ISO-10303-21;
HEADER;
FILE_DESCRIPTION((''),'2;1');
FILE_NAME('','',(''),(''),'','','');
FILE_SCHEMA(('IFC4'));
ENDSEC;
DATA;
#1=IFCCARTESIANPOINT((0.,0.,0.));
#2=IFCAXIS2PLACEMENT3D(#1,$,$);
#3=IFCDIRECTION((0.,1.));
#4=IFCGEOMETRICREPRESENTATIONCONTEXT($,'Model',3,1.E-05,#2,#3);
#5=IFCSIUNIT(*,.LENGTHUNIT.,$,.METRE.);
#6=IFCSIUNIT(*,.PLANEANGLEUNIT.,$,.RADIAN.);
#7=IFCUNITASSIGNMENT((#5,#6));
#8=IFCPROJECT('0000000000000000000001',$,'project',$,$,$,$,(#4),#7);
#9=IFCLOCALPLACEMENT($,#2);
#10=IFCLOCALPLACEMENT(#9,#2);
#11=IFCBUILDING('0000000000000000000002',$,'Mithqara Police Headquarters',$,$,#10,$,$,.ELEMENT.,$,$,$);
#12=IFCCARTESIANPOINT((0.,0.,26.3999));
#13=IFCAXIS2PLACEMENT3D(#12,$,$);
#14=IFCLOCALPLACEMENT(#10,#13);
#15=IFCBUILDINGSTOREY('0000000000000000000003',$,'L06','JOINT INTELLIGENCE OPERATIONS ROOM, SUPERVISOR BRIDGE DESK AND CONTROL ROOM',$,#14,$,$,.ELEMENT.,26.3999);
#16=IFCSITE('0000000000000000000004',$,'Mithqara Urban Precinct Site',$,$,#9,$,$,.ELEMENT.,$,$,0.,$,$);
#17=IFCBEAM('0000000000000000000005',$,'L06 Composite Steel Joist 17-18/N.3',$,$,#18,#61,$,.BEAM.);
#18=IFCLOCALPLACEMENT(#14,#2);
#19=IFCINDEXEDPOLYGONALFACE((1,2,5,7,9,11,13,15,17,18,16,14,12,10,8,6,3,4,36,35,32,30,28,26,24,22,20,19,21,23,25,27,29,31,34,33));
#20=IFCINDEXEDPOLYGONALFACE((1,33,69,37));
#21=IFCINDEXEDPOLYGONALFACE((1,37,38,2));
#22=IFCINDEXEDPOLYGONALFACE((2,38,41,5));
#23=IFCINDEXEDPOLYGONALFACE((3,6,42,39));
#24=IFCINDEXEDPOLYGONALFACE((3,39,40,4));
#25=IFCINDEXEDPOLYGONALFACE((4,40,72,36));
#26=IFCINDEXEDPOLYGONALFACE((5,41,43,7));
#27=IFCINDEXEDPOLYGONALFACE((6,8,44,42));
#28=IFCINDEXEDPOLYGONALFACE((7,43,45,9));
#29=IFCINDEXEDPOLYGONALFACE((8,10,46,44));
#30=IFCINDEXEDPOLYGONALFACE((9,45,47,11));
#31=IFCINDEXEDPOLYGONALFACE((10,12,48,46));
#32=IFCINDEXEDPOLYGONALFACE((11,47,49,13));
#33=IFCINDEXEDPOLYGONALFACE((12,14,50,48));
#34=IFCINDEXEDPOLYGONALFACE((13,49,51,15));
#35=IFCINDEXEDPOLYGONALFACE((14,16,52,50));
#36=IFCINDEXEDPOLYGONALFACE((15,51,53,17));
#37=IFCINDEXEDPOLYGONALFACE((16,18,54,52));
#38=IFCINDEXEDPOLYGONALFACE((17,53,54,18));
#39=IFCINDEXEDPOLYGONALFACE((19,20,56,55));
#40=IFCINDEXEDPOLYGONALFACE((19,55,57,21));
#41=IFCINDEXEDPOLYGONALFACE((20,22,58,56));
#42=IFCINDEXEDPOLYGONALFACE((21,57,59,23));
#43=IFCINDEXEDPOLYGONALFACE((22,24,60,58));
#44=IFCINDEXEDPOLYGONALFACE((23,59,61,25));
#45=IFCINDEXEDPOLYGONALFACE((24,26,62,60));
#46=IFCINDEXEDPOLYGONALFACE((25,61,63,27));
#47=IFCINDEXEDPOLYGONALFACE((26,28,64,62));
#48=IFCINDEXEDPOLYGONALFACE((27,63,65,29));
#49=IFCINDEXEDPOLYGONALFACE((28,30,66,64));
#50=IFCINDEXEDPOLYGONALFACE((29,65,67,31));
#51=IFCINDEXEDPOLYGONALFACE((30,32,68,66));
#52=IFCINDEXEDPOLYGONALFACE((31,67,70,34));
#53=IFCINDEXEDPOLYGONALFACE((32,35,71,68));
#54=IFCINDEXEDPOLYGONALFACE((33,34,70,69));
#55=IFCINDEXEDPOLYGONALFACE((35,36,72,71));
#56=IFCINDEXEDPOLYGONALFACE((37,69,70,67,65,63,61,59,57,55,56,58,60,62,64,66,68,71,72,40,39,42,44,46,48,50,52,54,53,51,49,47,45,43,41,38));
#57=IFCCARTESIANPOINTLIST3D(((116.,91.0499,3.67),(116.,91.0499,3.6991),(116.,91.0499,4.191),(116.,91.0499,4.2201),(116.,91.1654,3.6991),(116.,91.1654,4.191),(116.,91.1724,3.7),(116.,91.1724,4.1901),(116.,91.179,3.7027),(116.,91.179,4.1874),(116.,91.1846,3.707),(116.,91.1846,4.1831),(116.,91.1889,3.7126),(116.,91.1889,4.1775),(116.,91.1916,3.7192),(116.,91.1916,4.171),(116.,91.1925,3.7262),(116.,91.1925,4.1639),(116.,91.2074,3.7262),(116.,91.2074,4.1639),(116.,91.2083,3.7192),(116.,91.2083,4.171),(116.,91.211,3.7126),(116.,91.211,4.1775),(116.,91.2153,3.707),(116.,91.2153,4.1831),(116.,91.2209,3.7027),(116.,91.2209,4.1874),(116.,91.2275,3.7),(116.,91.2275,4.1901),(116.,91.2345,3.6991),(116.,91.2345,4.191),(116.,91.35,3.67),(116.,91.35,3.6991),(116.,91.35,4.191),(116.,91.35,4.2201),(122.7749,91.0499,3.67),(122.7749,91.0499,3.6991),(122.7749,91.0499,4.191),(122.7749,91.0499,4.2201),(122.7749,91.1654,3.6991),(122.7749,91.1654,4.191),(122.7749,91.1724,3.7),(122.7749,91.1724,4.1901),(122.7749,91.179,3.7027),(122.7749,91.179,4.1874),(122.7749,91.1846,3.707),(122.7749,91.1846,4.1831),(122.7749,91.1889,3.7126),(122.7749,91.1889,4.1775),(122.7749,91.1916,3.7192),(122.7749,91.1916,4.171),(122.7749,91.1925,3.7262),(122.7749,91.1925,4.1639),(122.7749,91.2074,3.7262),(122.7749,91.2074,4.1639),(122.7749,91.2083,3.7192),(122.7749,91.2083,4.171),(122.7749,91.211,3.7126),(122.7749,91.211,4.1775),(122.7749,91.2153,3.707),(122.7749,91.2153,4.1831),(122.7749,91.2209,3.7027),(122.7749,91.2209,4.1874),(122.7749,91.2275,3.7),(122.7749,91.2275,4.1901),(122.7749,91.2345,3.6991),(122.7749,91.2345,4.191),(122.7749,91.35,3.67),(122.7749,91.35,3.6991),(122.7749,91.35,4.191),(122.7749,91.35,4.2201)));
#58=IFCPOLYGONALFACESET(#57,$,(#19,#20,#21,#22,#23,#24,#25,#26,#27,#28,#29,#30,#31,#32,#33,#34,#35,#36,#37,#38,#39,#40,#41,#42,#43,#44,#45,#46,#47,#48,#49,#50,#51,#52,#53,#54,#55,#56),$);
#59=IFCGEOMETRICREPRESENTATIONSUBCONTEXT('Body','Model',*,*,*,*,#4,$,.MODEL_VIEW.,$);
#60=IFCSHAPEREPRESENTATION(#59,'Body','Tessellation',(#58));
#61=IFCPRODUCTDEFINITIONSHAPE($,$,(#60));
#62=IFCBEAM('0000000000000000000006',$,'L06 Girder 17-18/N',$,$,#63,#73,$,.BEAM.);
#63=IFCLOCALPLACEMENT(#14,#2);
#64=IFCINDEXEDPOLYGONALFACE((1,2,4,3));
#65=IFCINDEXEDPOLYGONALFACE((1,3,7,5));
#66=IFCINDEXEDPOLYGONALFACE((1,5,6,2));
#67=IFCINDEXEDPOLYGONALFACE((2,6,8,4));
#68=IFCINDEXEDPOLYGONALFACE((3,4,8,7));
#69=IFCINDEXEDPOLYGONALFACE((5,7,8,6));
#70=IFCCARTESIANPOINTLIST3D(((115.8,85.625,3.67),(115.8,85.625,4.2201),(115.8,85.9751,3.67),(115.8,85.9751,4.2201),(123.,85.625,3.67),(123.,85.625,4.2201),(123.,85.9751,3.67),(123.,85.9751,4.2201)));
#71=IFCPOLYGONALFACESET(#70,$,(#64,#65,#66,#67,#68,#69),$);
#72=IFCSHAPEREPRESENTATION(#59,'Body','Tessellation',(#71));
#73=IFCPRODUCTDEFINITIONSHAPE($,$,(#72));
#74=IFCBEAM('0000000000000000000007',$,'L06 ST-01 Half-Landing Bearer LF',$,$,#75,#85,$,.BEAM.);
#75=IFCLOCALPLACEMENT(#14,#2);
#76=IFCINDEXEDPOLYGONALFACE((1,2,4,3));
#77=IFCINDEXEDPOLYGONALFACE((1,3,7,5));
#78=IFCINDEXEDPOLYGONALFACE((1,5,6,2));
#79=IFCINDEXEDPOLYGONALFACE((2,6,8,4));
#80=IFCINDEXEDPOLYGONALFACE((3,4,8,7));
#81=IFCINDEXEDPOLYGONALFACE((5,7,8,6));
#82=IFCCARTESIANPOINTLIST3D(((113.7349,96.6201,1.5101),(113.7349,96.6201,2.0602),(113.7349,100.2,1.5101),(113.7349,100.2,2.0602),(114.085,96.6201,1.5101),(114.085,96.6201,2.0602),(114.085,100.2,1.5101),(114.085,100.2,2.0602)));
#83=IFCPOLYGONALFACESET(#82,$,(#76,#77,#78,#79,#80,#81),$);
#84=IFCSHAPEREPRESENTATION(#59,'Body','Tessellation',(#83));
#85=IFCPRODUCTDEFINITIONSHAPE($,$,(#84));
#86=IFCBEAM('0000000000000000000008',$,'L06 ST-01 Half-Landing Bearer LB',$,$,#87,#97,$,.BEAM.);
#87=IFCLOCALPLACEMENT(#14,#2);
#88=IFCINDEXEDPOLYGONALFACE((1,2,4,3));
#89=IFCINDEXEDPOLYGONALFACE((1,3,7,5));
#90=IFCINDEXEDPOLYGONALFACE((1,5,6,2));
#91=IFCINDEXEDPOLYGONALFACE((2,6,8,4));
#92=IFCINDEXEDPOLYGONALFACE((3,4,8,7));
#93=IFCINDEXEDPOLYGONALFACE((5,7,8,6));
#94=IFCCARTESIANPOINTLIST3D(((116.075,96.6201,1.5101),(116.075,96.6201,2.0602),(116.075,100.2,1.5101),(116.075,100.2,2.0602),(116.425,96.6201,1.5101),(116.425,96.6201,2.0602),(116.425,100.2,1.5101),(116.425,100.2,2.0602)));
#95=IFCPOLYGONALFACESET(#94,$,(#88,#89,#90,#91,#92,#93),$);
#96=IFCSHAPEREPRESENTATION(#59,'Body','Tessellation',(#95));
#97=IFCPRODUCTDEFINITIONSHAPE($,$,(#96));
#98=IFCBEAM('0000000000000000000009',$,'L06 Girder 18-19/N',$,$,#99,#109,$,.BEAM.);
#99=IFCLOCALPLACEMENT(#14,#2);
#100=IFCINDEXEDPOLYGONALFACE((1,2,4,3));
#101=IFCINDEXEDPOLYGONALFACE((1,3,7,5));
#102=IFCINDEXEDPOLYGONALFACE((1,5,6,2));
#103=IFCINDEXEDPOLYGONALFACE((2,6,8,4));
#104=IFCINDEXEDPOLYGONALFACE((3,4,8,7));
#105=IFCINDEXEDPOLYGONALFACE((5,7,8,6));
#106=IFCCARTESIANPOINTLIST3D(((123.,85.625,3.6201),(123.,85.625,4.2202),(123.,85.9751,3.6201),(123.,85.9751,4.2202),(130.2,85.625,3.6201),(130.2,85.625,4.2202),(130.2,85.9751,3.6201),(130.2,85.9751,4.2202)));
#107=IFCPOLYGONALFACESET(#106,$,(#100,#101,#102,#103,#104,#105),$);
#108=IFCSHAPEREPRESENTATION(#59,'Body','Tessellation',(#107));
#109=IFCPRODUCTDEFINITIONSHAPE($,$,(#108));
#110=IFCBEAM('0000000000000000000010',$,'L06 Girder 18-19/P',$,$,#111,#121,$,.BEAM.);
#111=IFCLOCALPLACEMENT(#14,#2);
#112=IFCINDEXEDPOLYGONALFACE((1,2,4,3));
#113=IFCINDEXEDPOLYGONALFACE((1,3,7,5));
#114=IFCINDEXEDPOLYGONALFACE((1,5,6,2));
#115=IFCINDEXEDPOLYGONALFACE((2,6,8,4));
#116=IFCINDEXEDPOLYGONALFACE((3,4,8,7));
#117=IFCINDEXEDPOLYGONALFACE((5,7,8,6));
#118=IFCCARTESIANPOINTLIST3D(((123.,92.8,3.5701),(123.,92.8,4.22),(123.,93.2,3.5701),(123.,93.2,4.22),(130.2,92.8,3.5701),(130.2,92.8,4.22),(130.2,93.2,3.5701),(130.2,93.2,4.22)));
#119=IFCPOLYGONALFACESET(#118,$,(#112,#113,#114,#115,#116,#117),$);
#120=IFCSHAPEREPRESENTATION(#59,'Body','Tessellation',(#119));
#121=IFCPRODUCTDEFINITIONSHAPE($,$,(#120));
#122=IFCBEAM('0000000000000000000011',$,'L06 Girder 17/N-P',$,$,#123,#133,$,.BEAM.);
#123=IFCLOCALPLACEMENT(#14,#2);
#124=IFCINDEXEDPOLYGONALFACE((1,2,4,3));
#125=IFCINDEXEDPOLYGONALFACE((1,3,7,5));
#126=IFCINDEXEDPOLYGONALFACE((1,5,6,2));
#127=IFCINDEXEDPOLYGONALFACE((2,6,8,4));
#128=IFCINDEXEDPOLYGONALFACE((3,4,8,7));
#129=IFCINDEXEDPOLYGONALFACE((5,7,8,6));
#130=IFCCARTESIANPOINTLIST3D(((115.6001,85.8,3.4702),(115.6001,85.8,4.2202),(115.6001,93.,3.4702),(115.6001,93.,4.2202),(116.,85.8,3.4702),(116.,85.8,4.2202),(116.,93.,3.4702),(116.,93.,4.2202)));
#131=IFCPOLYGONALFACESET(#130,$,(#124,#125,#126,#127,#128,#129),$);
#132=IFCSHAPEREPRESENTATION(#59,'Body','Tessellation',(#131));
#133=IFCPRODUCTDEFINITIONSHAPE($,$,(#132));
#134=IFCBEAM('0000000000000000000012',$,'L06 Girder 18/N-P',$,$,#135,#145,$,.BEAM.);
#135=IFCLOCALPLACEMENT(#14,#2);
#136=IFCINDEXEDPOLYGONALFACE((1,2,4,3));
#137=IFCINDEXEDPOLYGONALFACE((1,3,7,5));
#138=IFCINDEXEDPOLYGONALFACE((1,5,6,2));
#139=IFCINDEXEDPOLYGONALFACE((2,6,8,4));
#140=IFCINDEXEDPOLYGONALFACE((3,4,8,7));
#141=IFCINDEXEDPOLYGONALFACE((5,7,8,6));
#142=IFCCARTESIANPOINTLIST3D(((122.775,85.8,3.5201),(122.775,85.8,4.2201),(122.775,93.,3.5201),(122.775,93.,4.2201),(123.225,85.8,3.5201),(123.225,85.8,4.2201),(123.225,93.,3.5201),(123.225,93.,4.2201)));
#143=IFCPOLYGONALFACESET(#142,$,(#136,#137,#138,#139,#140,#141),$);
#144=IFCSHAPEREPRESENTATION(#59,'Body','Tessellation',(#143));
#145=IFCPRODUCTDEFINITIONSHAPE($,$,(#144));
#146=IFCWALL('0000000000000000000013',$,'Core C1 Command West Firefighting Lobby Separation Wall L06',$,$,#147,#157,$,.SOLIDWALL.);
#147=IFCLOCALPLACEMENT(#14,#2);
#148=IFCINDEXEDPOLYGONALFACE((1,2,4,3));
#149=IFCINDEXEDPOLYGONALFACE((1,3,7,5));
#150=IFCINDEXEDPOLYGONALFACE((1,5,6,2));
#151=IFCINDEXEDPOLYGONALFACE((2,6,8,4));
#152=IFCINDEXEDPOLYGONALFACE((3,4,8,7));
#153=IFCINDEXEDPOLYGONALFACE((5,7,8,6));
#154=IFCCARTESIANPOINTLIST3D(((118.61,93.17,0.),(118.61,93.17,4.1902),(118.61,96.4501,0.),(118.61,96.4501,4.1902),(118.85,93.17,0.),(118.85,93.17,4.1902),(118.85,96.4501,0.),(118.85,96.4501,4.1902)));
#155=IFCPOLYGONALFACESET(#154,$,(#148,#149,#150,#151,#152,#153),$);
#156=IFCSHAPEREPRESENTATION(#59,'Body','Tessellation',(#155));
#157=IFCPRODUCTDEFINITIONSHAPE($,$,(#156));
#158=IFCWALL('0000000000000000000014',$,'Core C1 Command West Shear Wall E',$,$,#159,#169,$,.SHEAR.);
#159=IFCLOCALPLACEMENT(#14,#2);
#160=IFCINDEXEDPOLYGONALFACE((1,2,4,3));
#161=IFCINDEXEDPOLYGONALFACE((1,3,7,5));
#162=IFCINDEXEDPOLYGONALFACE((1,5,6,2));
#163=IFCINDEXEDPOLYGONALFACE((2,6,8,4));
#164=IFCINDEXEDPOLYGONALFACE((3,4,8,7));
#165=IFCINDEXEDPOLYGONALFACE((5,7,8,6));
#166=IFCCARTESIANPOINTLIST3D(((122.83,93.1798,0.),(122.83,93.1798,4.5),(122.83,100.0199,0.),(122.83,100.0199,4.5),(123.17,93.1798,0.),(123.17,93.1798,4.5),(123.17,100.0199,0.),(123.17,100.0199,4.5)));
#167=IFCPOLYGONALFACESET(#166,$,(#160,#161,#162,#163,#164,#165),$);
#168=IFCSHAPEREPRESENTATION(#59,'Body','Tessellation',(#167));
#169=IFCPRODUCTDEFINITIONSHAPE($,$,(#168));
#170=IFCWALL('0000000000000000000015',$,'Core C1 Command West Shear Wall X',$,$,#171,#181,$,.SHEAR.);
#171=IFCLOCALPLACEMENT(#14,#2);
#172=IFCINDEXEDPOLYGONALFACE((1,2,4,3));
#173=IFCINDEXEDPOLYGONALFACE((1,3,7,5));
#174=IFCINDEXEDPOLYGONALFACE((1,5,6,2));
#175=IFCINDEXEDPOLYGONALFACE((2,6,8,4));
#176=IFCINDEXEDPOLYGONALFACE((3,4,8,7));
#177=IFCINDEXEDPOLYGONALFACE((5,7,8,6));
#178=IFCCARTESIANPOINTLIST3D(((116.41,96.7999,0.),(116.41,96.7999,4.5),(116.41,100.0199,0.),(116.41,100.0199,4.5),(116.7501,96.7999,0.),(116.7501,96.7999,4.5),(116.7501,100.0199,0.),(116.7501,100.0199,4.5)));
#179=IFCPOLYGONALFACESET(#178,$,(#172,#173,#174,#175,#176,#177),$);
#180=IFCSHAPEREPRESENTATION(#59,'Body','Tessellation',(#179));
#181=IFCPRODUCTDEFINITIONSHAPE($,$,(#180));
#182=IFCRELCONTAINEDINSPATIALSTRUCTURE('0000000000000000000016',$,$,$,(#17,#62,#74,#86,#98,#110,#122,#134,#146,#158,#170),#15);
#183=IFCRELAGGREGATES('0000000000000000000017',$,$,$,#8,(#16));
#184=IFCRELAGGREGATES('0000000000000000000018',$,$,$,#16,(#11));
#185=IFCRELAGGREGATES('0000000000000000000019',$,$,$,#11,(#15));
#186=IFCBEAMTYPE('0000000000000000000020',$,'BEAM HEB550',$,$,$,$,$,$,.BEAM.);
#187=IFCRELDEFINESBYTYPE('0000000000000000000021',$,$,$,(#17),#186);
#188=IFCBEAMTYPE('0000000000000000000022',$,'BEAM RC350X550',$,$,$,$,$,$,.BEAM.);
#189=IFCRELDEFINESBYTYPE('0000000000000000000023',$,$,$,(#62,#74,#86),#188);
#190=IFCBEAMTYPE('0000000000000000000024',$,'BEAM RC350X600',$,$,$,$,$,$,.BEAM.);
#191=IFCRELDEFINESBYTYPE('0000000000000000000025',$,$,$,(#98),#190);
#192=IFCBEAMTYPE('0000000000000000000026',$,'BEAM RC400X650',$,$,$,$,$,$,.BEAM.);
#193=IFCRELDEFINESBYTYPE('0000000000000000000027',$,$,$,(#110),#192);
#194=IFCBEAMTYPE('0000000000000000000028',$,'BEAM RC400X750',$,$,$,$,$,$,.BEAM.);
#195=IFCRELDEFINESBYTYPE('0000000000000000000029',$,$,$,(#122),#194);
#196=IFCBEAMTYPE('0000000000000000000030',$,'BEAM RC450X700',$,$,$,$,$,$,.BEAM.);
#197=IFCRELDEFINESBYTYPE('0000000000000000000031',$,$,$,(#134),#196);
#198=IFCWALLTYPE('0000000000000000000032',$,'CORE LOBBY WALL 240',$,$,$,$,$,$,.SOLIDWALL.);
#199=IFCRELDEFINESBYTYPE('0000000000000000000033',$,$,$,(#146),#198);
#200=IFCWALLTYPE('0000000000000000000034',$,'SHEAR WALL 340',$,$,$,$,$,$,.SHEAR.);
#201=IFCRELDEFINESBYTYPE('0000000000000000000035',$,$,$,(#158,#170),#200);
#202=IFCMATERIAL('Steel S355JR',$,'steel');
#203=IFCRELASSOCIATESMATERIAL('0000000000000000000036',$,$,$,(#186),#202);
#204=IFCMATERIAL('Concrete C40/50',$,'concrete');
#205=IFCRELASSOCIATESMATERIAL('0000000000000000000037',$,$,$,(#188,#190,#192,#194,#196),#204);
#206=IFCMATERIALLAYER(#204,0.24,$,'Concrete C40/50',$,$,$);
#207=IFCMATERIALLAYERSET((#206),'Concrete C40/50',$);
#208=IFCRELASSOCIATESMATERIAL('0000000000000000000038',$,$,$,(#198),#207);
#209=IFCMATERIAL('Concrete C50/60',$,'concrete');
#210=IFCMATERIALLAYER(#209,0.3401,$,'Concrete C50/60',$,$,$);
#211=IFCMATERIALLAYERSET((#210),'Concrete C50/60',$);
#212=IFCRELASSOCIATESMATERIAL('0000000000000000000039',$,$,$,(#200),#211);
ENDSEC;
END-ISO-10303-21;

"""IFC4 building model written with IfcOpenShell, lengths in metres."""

from ifc_helpers import new_model, si_unit, direction, frame, frame_2d, origin, origin_2d, place, context, subcontext, project, spatial, rectangle, i_section, extrude, material, layer, layer_set, material_profile, profile_set, type_object, element, save


model = new_model("IFC4")

# Units and contexts
model_context = context("Model", 3, precision=1e-05, world=origin(), true_north=direction((0.0, 1.0)))
body_context = subcontext(model_context, "Body", "Model", "MODEL_VIEW")
ifc_project = project(units=[si_unit("LENGTHUNIT", "METRE"), si_unit("PLANEANGLEUNIT", "RADIAN")], contexts=[model_context])

# Site, building, storey
site_placement = place(None, origin())
site = spatial("IfcSite", under=ifc_project, at=site_placement, Name="Mithqara Urban Precinct Site", CompositionType="ELEMENT", RefElevation=0.0)
building_placement = place(site_placement, origin())
building = spatial("IfcBuilding", under=site, at=building_placement, Name="Mithqara Police Headquarters", CompositionType="ELEMENT")
storey_placement = place(building_placement, frame((0.0, 0.0, 26.3999)))
storey = spatial("IfcBuildingStorey", under=building, at=storey_placement, Name="L06", Description="JOINT INTELLIGENCE OPERATIONS ROOM, SUPERVISOR BRIDGE DESK AND CONTROL ROOM", CompositionType="ELEMENT", Elevation=26.3999)

# Shared definitions
ifc_material_1 = material(Name="Concrete C50/60", Category="concrete")

# Beams
ifc_material_2 = material(Name="Steel S355JR", Category="steel")
ifc_material_profile_1 = material_profile(ifc_material_2, i_section(OverallWidth=0.3, OverallDepth=0.55, WebThickness=0.0149, FlangeThickness=0.0291, FilletRadius=0.0271, at=origin_2d()), Name="HEB 550")
ifc_profile_set_1 = profile_set([ifc_material_profile_1], Name="Steel S355JR")
beam_type_1 = type_object("IfcBeamType", Name="BEAM HEB550", PredefinedType="BEAM", material=ifc_profile_set_1)
for number, where, z_axis, x_axis, name in (
    (1, (116.0, 91.2, 3.9451), (1.0, 0.0, 0.0), (0.0, 1.0, 0.0), "L06 Composite Steel Joist 17-18/N.3"),
):
    element("IfcBeam", number, at=place(storey_placement, frame(where, z_axis=z_axis, x_axis=x_axis)), inside=storey, type_object=beam_type_1, Name=name, PredefinedType="BEAM", context=body_context, shape_type="SweptSolid", body=[
        extrude(i_section(OverallWidth=0.3, OverallDepth=0.55, WebThickness=0.0149, FlangeThickness=0.0291, FilletRadius=0.0271, at=origin_2d()), origin(), (0.0, 0.0, 1.0), 6.7749),
    ])
ifc_material_3 = material(Name="Concrete C40/50", Category="concrete")
ifc_material_profile_2 = material_profile(ifc_material_3, rectangle(XDim=0.3501, YDim=0.55, at=origin_2d()), Name="RC 350x550")
ifc_profile_set_2 = profile_set([ifc_material_profile_2], Name="Concrete C40/50")
beam_type_2 = type_object("IfcBeamType", Name="BEAM RC350X550", PredefinedType="BEAM", material=ifc_profile_set_2)
beam_1_placement = place(storey_placement, frame((115.8, 85.8, 3.9451), z_axis=(1.0, 0.0, 0.0), x_axis=(0.0, 1.0, 0.0)))
element("IfcBeam", 2, at=beam_1_placement, inside=storey, type_object=beam_type_2, Name="L06 Girder 17-18/N", PredefinedType="BEAM", context=body_context, shape_type="SweptSolid", body=[
    extrude(rectangle(XDim=0.3501, YDim=0.55, at=origin_2d()), origin(), (0.0, 0.0, 1.0), 7.2),
])
for number, where, z_axis, x_axis, name in (
    (3, (113.9099, 96.6201, 1.7852), (0.0, 1.0, 0.0), (-1.0, 0.0, 0.0), "L06 ST-01 Half-Landing Bearer LF"),
    (4, (116.25, 96.6201, 1.7852), (0.0, 1.0, 0.0), (-1.0, 0.0, 0.0), "L06 ST-01 Half-Landing Bearer LB"),
):
    element("IfcBeam", number, at=place(storey_placement, frame(where, z_axis=z_axis, x_axis=x_axis)), inside=storey, type_object=beam_type_2, Name=name, PredefinedType="BEAM", context=body_context, shape_type="SweptSolid", body=[
        extrude(rectangle(XDim=0.3501, YDim=0.55, at=origin_2d()), origin(), (0.0, 0.0, 1.0), 3.5798),
    ])
ifc_material_profile_3 = material_profile(ifc_material_3, rectangle(XDim=0.3501, YDim=0.6001, at=origin_2d()), Name="RC 350x600")
ifc_profile_set_3 = profile_set([ifc_material_profile_3], Name="Concrete C40/50")
beam_type_3 = type_object("IfcBeamType", Name="BEAM RC350X600", PredefinedType="BEAM", material=ifc_profile_set_3)
beam_2_placement = place(storey_placement, frame((123.0, 85.8, 3.9202), z_axis=(1.0, 0.0, 0.0), x_axis=(0.0, 1.0, 0.0)))
element("IfcBeam", 5, at=beam_2_placement, inside=storey, type_object=beam_type_3, Name="L06 Girder 18-19/N", PredefinedType="BEAM", context=body_context, shape_type="SweptSolid", body=[
    extrude(rectangle(XDim=0.3501, YDim=0.6001, at=origin_2d()), origin(), (0.0, 0.0, 1.0), 7.2),
])
ifc_material_profile_4 = material_profile(ifc_material_3, rectangle(XDim=0.3999, YDim=0.6499, at=origin_2d()), Name="RC 400x650")
ifc_profile_set_4 = profile_set([ifc_material_profile_4], Name="Concrete C40/50")
beam_type_4 = type_object("IfcBeamType", Name="BEAM RC400X650", PredefinedType="BEAM", material=ifc_profile_set_4)
beam_3_placement = place(storey_placement, frame((123.0, 93.0, 3.895), z_axis=(1.0, 0.0, 0.0), x_axis=(0.0, 1.0, 0.0)))
element("IfcBeam", 6, at=beam_3_placement, inside=storey, type_object=beam_type_4, Name="L06 Girder 18-19/P", PredefinedType="BEAM", context=body_context, shape_type="SweptSolid", body=[
    extrude(rectangle(XDim=0.3999, YDim=0.6499, at=origin_2d()), origin(), (0.0, 0.0, 1.0), 7.2),
])
ifc_material_profile_5 = material_profile(ifc_material_3, rectangle(XDim=0.3999, YDim=0.75, at=origin_2d()), Name="RC 400x750")
ifc_profile_set_5 = profile_set([ifc_material_profile_5], Name="Concrete C40/50")
beam_type_5 = type_object("IfcBeamType", Name="BEAM RC400X750", PredefinedType="BEAM", material=ifc_profile_set_5)
beam_4_placement = place(storey_placement, frame((115.8, 85.8, 3.8452), z_axis=(0.0, 1.0, 0.0), x_axis=(-1.0, 0.0, 0.0)))
element("IfcBeam", 7, at=beam_4_placement, inside=storey, type_object=beam_type_5, Name="L06 Girder 17/N-P", PredefinedType="BEAM", context=body_context, shape_type="SweptSolid", body=[
    extrude(rectangle(XDim=0.3999, YDim=0.75, at=origin_2d()), origin(), (0.0, 0.0, 1.0), 7.2),
])
ifc_material_profile_6 = material_profile(ifc_material_3, rectangle(XDim=0.45, YDim=0.7, at=origin_2d()), Name="RC 450x700")
ifc_profile_set_6 = profile_set([ifc_material_profile_6], Name="Concrete C40/50")
beam_type_6 = type_object("IfcBeamType", Name="BEAM RC450X700", PredefinedType="BEAM", material=ifc_profile_set_6)
beam_5_placement = place(storey_placement, frame((123.0, 85.8, 3.8701), z_axis=(0.0, 1.0, 0.0), x_axis=(-1.0, 0.0, 0.0)))
element("IfcBeam", 8, at=beam_5_placement, inside=storey, type_object=beam_type_6, Name="L06 Girder 18/N-P", PredefinedType="BEAM", context=body_context, shape_type="SweptSolid", body=[
    extrude(rectangle(XDim=0.45, YDim=0.7, at=origin_2d()), origin(), (0.0, 0.0, 1.0), 7.2),
])

# Walls
ifc_layer_1 = layer(ifc_material_3, 0.24, Name="Concrete C40/50")
ifc_layer_set_1 = layer_set([ifc_layer_1], Name="Concrete C40/50")
wall_type_1 = type_object("IfcWallType", Name="CORE LOBBY WALL 240", PredefinedType="SOLIDWALL", material=ifc_layer_set_1)
wall_1_placement = place(storey_placement, frame((118.73, 93.1699, 0.0), z_axis=(0.0, 0.0, 1.0), x_axis=(0.0, 1.0, 0.0)))
element("IfcWall", 9, at=wall_1_placement, inside=storey, type_object=wall_type_1, Name="Core C1 Command West Firefighting Lobby Separation Wall L06", PredefinedType="SOLIDWALL", context=body_context, shape_type="SweptSolid", body=[
    extrude(rectangle(XDim=3.28, YDim=0.24, at=frame_2d((1.6401, 0.0))), origin(), (0.0, 0.0, 1.0), 4.1902),
])
ifc_layer_2 = layer(ifc_material_1, 0.3401, Name="Concrete C50/60")
ifc_layer_set_2 = layer_set([ifc_layer_2], Name="Concrete C50/60")
wall_type_2 = type_object("IfcWallType", Name="SHEAR WALL 340", PredefinedType="SHEAR", material=ifc_layer_set_2)
wall_2_placement = place(storey_placement, frame((123.0, 93.1799, 0.0), z_axis=(0.0, 0.0, 1.0), x_axis=(0.0, 1.0, 0.0)))
element("IfcWall", 10, at=wall_2_placement, inside=storey, type_object=wall_type_2, Name="Core C1 Command West Shear Wall E", PredefinedType="SHEAR", context=body_context, shape_type="SweptSolid", body=[
    extrude(rectangle(XDim=6.8401, YDim=0.3401, at=frame_2d((3.4199, 0.0))), origin(), (0.0, 0.0, 1.0), 4.5),
])
for number, where, z_axis, x_axis, name in (
    (11, (116.5801, 96.8, 0.0), (0.0, 0.0, 1.0), (0.0, 1.0, 0.0), "Core C1 Command West Shear Wall X"),
):
    element("IfcWall", number, at=place(storey_placement, frame(where, z_axis=z_axis, x_axis=x_axis)), inside=storey, type_object=wall_type_2, Name=name, PredefinedType="SHEAR", context=body_context, shape_type="SweptSolid", body=[
        extrude(rectangle(XDim=3.22, YDim=0.3401, at=frame_2d((1.6099, 0.0))), origin(), (0.0, 0.0, 1.0), 4.5),
    ])

save(model, "model.ifc")
